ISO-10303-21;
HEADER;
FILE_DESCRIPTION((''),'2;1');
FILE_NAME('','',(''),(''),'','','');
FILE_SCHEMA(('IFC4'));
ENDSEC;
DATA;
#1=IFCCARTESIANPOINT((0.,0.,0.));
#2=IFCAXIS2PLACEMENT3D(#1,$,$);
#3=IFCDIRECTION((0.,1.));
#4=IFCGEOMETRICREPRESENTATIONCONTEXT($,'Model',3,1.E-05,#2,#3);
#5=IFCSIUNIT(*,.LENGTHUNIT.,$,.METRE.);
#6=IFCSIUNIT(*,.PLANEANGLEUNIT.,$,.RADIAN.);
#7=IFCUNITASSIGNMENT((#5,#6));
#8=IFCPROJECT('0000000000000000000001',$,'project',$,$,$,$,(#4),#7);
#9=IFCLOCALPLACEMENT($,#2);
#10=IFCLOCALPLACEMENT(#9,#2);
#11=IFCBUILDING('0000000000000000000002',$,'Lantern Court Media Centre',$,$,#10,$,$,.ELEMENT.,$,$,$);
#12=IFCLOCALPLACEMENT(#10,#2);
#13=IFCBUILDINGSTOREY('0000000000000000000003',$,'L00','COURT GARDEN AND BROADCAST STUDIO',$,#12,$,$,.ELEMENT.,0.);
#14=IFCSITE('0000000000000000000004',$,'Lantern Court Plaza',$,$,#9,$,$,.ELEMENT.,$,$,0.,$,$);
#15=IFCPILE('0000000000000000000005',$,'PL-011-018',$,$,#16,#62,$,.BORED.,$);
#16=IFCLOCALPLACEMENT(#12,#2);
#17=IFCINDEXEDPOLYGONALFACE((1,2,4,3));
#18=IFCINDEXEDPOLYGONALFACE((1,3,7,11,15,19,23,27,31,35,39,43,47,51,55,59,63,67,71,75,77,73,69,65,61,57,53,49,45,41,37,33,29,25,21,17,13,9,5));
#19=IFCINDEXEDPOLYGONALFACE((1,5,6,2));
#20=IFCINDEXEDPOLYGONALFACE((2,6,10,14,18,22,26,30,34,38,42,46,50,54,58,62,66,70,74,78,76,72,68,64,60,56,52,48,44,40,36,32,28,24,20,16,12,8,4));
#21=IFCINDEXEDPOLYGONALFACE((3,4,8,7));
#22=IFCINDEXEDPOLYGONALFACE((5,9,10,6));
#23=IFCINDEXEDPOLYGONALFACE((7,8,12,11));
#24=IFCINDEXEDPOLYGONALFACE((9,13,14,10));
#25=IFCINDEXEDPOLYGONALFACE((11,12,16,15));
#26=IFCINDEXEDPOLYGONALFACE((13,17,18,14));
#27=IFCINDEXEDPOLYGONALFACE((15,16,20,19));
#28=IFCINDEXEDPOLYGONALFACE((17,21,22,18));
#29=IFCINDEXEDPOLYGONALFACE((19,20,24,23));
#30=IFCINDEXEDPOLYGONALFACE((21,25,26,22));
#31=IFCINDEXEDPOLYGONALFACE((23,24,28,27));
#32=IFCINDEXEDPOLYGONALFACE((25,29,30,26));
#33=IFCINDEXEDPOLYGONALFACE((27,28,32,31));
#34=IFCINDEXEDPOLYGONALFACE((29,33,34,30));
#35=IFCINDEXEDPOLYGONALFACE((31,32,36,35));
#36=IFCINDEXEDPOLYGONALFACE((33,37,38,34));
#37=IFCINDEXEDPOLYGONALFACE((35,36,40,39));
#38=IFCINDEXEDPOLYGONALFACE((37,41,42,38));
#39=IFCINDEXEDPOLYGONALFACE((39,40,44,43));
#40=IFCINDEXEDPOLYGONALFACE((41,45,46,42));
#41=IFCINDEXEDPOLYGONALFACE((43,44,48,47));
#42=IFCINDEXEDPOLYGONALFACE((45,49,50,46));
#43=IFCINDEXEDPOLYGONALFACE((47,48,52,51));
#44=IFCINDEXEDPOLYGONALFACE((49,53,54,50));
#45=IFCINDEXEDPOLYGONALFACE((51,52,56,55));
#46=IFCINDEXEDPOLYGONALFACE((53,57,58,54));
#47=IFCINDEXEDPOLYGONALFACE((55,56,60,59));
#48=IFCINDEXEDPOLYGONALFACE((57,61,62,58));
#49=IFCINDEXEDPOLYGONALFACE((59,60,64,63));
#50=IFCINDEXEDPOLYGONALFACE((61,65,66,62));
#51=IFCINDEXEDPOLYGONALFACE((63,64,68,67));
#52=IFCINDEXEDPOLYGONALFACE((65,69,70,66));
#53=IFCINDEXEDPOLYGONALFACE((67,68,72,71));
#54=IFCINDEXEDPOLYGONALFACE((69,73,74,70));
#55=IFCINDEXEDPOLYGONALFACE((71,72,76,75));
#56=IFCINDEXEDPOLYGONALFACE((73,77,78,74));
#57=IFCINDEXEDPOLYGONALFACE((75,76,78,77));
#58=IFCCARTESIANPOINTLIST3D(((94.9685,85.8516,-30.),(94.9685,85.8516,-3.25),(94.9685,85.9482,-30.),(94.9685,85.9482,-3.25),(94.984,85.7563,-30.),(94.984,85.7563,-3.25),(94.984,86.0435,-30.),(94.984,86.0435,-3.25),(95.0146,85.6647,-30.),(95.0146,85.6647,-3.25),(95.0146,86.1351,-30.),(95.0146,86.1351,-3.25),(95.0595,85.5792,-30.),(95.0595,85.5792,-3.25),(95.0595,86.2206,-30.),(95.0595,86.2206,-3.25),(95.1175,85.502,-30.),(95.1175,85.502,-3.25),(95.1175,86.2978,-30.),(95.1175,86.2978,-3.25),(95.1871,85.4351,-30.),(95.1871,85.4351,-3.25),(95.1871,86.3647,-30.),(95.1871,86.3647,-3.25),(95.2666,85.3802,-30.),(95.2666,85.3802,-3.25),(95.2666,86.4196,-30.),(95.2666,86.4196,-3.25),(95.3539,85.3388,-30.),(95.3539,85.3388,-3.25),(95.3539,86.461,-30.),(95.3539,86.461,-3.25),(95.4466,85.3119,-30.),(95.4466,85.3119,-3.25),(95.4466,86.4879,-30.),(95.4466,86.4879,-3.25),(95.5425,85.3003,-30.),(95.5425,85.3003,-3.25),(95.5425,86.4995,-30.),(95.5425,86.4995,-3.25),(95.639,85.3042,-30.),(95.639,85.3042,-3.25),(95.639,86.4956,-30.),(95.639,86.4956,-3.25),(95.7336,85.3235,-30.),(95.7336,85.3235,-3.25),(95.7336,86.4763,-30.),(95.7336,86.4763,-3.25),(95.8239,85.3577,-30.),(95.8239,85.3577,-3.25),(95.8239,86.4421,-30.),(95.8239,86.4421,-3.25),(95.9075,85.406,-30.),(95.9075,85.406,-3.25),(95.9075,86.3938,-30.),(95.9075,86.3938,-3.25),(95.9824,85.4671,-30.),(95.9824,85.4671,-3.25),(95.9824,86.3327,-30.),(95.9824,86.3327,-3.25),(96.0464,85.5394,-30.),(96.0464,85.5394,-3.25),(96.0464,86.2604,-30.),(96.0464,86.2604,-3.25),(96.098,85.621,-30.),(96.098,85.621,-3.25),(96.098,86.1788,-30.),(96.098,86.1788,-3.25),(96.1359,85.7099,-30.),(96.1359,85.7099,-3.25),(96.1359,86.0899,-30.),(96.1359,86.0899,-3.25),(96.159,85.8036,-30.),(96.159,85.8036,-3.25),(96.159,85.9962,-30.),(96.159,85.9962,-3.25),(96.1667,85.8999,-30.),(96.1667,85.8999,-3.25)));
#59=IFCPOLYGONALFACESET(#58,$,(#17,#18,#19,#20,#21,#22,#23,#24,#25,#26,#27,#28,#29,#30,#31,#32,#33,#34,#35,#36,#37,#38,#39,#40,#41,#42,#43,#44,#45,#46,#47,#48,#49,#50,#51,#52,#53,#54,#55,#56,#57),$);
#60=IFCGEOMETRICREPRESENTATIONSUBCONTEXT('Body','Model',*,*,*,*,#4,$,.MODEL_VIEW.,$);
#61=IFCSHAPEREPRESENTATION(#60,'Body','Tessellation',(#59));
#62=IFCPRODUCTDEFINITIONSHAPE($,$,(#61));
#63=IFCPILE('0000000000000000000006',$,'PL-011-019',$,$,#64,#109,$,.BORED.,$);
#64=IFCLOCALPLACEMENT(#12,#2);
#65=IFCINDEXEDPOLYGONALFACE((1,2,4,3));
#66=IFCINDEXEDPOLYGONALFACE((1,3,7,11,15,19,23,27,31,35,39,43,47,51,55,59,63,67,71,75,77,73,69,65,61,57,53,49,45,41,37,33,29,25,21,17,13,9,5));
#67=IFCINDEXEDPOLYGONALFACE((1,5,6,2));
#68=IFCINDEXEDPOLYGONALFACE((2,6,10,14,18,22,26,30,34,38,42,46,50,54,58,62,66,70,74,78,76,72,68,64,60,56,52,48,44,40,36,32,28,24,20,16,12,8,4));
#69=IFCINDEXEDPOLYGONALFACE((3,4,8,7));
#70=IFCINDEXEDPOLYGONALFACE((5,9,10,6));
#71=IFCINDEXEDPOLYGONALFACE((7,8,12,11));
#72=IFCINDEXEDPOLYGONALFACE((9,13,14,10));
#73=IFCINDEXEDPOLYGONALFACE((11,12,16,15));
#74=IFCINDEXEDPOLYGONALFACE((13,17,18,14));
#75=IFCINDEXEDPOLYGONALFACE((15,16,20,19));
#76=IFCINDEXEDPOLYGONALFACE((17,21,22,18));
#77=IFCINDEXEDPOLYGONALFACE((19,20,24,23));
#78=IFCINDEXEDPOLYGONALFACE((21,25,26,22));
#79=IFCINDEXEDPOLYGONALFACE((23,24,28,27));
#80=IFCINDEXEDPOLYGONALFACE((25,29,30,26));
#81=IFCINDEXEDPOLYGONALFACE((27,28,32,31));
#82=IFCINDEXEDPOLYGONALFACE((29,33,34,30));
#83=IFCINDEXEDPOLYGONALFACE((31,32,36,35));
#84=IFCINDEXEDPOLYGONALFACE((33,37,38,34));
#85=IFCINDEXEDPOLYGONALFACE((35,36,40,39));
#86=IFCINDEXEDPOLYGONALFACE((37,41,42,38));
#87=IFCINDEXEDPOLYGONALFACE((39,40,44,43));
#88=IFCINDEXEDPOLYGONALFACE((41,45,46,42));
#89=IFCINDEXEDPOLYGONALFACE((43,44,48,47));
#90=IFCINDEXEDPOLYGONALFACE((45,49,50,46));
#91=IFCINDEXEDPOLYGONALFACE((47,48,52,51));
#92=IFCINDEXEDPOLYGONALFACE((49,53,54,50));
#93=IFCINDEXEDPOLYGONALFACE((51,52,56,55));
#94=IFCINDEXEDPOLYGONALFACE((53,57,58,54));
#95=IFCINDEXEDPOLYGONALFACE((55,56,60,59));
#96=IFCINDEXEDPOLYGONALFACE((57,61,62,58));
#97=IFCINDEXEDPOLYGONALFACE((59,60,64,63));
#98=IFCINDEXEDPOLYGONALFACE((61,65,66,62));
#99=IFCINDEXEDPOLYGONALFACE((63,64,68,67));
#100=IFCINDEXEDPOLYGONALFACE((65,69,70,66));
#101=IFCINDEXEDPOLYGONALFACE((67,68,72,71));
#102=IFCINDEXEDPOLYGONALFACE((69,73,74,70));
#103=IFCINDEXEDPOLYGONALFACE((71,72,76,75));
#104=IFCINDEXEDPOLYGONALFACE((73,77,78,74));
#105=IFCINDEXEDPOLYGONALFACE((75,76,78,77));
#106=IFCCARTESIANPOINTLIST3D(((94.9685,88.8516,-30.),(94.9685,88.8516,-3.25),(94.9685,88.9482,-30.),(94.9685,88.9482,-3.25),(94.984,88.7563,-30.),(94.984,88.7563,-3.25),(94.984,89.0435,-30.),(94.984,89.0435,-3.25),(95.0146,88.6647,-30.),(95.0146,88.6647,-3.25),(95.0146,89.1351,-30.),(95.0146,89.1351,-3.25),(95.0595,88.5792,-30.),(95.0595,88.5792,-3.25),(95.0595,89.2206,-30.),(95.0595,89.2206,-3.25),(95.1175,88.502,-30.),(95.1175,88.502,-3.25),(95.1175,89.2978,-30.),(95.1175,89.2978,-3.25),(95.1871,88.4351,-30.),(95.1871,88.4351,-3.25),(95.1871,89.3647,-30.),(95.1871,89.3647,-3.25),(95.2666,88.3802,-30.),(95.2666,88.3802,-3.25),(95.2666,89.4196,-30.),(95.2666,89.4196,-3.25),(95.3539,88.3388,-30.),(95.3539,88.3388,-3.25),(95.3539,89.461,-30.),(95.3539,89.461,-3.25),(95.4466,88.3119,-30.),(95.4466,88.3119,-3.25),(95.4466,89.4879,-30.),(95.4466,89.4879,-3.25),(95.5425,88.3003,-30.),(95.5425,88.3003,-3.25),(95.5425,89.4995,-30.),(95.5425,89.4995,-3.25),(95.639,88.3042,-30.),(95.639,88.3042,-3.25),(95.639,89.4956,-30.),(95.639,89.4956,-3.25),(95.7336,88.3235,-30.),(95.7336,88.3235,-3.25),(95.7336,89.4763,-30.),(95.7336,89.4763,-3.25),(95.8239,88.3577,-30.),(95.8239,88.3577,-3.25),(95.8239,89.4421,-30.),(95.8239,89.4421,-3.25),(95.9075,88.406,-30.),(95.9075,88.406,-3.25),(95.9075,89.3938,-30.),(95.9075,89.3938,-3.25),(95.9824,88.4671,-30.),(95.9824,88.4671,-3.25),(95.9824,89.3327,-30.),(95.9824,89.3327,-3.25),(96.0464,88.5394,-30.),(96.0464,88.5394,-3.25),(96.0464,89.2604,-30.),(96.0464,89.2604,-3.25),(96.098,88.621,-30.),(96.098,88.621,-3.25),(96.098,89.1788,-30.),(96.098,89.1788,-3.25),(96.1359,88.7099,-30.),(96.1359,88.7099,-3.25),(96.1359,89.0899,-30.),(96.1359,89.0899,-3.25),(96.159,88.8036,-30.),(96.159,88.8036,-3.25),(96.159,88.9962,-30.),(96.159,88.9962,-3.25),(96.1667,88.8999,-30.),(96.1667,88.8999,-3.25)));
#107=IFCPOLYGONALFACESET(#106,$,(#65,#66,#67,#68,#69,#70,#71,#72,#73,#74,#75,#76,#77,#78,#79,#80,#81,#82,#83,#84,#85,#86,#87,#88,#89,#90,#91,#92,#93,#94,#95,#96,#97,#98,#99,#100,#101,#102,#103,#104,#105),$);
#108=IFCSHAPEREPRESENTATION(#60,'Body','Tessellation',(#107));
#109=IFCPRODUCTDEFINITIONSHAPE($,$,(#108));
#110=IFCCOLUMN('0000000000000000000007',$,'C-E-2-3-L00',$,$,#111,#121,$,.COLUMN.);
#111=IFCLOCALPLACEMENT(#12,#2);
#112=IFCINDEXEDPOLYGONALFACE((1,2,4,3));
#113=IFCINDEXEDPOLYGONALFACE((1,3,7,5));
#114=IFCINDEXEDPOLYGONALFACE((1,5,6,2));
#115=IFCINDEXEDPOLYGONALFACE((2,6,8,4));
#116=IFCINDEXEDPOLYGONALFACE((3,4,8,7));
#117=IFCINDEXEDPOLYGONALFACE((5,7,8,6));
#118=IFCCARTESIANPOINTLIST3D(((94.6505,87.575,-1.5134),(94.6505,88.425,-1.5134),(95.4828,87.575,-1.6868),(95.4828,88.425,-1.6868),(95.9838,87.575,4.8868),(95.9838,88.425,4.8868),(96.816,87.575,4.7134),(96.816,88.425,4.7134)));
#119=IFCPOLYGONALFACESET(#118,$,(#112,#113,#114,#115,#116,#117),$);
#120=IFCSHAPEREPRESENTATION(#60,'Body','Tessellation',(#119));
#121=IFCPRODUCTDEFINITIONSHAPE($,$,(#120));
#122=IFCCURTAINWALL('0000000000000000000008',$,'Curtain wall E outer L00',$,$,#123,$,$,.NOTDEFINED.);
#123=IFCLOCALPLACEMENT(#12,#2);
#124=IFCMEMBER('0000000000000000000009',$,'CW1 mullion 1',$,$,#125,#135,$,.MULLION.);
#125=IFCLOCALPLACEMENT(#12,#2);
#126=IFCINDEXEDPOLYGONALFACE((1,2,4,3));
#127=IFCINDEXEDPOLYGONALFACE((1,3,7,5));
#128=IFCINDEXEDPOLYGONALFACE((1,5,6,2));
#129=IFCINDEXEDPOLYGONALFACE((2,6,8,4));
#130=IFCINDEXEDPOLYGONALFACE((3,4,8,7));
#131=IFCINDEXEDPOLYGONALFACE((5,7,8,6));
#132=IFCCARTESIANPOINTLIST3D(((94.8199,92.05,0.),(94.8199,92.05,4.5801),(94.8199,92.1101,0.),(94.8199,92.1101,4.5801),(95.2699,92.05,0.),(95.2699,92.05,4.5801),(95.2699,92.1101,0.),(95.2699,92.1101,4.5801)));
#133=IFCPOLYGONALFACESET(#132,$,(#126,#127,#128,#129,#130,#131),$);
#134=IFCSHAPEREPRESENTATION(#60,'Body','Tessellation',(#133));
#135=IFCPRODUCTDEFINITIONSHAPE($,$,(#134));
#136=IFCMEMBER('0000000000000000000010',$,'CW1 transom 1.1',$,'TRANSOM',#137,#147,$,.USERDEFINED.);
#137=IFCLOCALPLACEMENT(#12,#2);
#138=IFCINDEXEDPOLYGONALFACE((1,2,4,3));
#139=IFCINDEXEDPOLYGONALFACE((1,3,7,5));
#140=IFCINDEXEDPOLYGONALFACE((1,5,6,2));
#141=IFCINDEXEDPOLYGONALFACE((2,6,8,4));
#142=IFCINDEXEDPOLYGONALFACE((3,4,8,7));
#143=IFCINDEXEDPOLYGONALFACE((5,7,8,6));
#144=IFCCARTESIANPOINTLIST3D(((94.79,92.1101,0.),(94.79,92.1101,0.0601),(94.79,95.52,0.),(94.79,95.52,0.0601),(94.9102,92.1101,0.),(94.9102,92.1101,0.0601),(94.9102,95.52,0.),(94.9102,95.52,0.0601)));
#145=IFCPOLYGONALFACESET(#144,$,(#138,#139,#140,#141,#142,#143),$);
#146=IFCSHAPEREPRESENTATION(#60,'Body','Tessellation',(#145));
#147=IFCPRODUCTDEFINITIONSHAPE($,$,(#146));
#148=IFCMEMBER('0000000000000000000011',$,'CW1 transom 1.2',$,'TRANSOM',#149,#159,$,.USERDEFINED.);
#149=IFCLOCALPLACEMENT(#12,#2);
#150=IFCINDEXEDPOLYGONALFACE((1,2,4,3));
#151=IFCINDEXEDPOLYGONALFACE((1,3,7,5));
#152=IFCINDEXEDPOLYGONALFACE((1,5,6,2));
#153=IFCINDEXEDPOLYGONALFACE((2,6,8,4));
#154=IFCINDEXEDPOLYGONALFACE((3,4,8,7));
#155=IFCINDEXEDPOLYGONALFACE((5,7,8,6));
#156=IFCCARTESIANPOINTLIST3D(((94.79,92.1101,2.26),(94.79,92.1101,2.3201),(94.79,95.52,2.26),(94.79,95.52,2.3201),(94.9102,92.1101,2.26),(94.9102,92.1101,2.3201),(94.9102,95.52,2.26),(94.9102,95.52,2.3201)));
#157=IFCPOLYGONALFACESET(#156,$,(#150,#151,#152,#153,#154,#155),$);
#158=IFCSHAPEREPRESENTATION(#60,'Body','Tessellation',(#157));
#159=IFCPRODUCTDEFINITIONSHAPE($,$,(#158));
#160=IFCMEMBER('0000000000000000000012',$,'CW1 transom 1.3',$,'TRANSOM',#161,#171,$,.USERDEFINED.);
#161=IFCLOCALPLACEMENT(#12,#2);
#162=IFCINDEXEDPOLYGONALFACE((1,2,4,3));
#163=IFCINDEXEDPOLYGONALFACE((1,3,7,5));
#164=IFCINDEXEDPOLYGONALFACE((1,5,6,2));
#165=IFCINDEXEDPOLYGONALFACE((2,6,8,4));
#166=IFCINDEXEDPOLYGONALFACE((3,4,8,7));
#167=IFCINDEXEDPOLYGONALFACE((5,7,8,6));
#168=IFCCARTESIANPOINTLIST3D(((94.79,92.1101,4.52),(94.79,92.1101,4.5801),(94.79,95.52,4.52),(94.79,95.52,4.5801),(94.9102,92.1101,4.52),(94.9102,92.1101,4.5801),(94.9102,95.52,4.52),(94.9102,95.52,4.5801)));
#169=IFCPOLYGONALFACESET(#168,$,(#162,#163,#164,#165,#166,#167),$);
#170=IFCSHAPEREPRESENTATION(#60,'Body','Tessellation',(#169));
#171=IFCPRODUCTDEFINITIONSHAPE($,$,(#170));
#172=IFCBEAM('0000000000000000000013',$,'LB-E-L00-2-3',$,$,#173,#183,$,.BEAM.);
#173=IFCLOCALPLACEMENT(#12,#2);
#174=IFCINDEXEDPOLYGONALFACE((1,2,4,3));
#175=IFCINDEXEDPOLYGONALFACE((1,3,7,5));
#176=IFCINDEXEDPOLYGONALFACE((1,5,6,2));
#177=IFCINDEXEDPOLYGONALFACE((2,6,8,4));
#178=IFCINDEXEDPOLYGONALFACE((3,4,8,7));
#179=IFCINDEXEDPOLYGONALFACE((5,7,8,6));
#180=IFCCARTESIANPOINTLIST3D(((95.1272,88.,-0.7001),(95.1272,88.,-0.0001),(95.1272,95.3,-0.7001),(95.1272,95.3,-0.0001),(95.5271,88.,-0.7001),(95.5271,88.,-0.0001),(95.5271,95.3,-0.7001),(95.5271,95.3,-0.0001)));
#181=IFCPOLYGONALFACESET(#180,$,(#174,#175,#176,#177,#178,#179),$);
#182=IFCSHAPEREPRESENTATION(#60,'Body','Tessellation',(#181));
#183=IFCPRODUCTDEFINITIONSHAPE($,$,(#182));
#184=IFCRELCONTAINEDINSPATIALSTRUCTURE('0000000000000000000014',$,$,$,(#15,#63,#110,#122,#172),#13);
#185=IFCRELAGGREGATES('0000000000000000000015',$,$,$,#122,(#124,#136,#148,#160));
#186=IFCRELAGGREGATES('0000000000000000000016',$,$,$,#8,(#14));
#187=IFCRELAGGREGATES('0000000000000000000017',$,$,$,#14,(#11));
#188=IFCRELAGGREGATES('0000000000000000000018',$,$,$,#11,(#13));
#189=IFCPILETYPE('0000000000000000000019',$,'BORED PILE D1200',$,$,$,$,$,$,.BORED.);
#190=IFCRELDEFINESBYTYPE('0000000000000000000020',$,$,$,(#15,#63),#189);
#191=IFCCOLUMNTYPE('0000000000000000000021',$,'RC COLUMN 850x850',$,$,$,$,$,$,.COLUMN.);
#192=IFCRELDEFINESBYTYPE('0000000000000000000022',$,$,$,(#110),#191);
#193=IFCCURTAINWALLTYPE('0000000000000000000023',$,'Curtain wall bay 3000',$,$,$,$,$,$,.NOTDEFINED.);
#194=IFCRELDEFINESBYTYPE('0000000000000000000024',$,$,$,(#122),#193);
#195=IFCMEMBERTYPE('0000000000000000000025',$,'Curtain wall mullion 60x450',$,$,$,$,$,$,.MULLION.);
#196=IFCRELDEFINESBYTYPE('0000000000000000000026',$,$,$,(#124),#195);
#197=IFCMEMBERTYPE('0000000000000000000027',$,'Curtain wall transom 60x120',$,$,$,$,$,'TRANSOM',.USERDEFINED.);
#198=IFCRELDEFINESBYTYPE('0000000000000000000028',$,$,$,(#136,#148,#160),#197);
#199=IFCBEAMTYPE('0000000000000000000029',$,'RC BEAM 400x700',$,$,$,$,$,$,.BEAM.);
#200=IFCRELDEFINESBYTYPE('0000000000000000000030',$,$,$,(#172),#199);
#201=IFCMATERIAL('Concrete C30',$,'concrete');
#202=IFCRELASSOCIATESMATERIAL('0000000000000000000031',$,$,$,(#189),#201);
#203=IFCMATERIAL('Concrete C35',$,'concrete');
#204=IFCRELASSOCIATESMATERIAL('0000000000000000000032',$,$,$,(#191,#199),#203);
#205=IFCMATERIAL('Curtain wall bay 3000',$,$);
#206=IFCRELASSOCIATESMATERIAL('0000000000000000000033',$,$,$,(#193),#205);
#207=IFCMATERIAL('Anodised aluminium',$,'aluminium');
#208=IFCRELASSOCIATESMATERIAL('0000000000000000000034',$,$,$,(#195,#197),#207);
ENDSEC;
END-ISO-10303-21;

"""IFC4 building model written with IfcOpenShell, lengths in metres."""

from ifc_helpers import new_model, si_unit, direction, frame, origin, origin_2d, place, context, subcontext, project, spatial, rectangle, circle, extrude, material, material_profile, profile_set, type_object, element, aggregate, save


model = new_model("IFC4")

# Units and contexts
model_context = context("Model", 3, precision=1e-05, world=origin(), true_north=direction((0.0, 1.0)))
body_context = subcontext(model_context, "Body", "Model", "MODEL_VIEW")
ifc_project = project(units=[si_unit("LENGTHUNIT", "METRE"), si_unit("PLANEANGLEUNIT", "RADIAN")], contexts=[model_context])

# Site, building, storey
site_placement = place(None, origin())
site = spatial("IfcSite", under=ifc_project, at=site_placement, Name="Lantern Court Plaza", CompositionType="ELEMENT", RefElevation=0.0)
building_placement = place(site_placement, origin())
building = spatial("IfcBuilding", under=site, at=building_placement, Name="Lantern Court Media Centre", CompositionType="ELEMENT")
storey_placement = place(building_placement, origin())
storey = spatial("IfcBuildingStorey", under=building, at=storey_placement, Name="L00", Description="COURT GARDEN AND BROADCAST STUDIO", CompositionType="ELEMENT", Elevation=0.0)

# Piles
ifc_material_1 = material(Name="Concrete C30", Category="concrete")
ifc_material_profile_1 = material_profile(ifc_material_1, circle(Radius=0.6001, at=origin_2d()), Name="D1200")
ifc_profile_set_1 = profile_set([ifc_material_profile_1], Name="Concrete C30")
pile_type = type_object("IfcPileType", Name="BORED PILE D1200", PredefinedType="BORED", material=ifc_profile_set_1)
for number, where, z_axis, x_axis, name in (
    (1, (95.5667, 85.8999, -3.25), (0.0, 0.0, -1.0), (1.0, 0.0, 0.0), "PL-011-018"),
    (2, (95.5667, 88.8999, -3.25), (0.0, 0.0, -1.0), (1.0, 0.0, 0.0), "PL-011-019"),
):
    element("IfcPile", number, at=place(storey_placement, frame(where, z_axis=z_axis, x_axis=x_axis)), inside=storey, type_object=pile_type, Name=name, PredefinedType="BORED", context=body_context, shape_type="SweptSolid", body=[
        extrude(circle(Radius=0.6001, at=origin_2d()), origin(), (0.0, 0.0, 1.0), 26.75),
    ])

# Column
ifc_material_2 = material(Name="Concrete C35", Category="concrete")
ifc_material_profile_2 = material_profile(ifc_material_2, rectangle(XDim=0.8501, YDim=0.8501, at=origin_2d()), Name="RC 850x850")
ifc_profile_set_2 = profile_set([ifc_material_profile_2], Name="Concrete C35")
column_type = type_object("IfcColumnType", Name="RC COLUMN 850x850", PredefinedType="COLUMN", material=ifc_profile_set_2)
column_placement = place(storey_placement, frame((95.0667, 88.0, -1.6001), z_axis=(0.203938, 0.0, 0.978984), x_axis=(0.0, 1.0, 0.0)))
element("IfcColumn", 3, at=column_placement, inside=storey, type_object=column_type, Name="C-E-2-3-L00", PredefinedType="COLUMN", context=body_context, shape_type="SweptSolid", body=[
    extrude(rectangle(XDim=0.8501, YDim=0.8501, at=origin_2d()), origin(), (0.0, 0.0, 1.0), 6.5376),
])

# Curtain wall, members
ifc_material_3 = material(Name="Curtain wall bay 3000")
curtain_wall_type = type_object("IfcCurtainWallType", Name="Curtain wall bay 3000", PredefinedType="NOTDEFINED", material=ifc_material_3)
curtain_wall_placement = place(storey_placement, origin())
curtain_wall = element("IfcCurtainWall", 4, at=curtain_wall_placement, inside=storey, type_object=curtain_wall_type, Name="Curtain wall E outer L00", PredefinedType="NOTDEFINED")
ifc_material_4 = material(Name="Anodised aluminium", Category="aluminium")
ifc_material_profile_3 = material_profile(ifc_material_4, rectangle(XDim=0.45, YDim=0.0601, at=origin_2d()), Name="AL 60x450")
ifc_profile_set_3 = profile_set([ifc_material_profile_3], Name="Anodised aluminium")
member_type_1 = type_object("IfcMemberType", Name="Curtain wall mullion 60x450", PredefinedType="MULLION", material=ifc_profile_set_3)
member_1_placement = place(storey_placement, frame((95.0449, 92.0801, 0.0), z_axis=(0.0, 0.0, 1.0), x_axis=(-1.0, 0.0, 0.0)))
member_1 = element("IfcMember", 5, at=member_1_placement, type_object=member_type_1, Name="CW1 mullion 1", PredefinedType="MULLION", context=body_context, shape_type="SweptSolid", body=[
    extrude(rectangle(XDim=0.45, YDim=0.0601, at=origin_2d()), origin(), (0.0, 0.0, 1.0), 4.5801),
])
ifc_material_profile_4 = material_profile(ifc_material_4, rectangle(XDim=0.1201, YDim=0.0601, at=origin_2d()), Name="AL 60x120")
ifc_profile_set_4 = profile_set([ifc_material_profile_4], Name="Anodised aluminium")
member_type_2 = type_object("IfcMemberType", Name="Curtain wall transom 60x120", ElementType="TRANSOM", PredefinedType="USERDEFINED", material=ifc_profile_set_4)
member_2_placement = place(storey_placement, frame((94.8501, 92.1101, 0.03), z_axis=(0.0, 1.0, 0.0), x_axis=(-1.0, 0.0, 0.0)))
member_2 = element("IfcMember", 6, at=member_2_placement, type_object=member_type_2, Name="CW1 transom 1.1", ObjectType="TRANSOM", PredefinedType="USERDEFINED", context=body_context, shape_type="SweptSolid", body=[
    extrude(rectangle(XDim=0.1201, YDim=0.0601, at=origin_2d()), origin(), (0.0, 0.0, 1.0), 3.4099),
])
member_3_placement = place(storey_placement, frame((94.8501, 92.1101, 2.29), z_axis=(0.0, 1.0, 0.0), x_axis=(-1.0, 0.0, 0.0)))
member_3 = element("IfcMember", 7, at=member_3_placement, type_object=member_type_2, Name="CW1 transom 1.2", ObjectType="TRANSOM", PredefinedType="USERDEFINED", context=body_context, shape_type="SweptSolid", body=[
    extrude(rectangle(XDim=0.1201, YDim=0.0601, at=origin_2d()), origin(), (0.0, 0.0, 1.0), 3.4099),
])
member_4_placement = place(storey_placement, frame((94.8501, 92.1101, 4.55), z_axis=(0.0, 1.0, 0.0), x_axis=(-1.0, 0.0, 0.0)))
member_4 = element("IfcMember", 8, at=member_4_placement, type_object=member_type_2, Name="CW1 transom 1.3", ObjectType="TRANSOM", PredefinedType="USERDEFINED", context=body_context, shape_type="SweptSolid", body=[
    extrude(rectangle(XDim=0.1201, YDim=0.0601, at=origin_2d()), origin(), (0.0, 0.0, 1.0), 3.4099),
])
aggregate(curtain_wall, [member_1, member_2, member_3, member_4])

# Beam
ifc_material_profile_5 = material_profile(ifc_material_2, rectangle(XDim=0.3999, YDim=0.7, at=origin_2d()), Name="RC 400x700")
ifc_profile_set_5 = profile_set([ifc_material_profile_5], Name="Concrete C35")
beam_type = type_object("IfcBeamType", Name="RC BEAM 400x700", PredefinedType="BEAM", material=ifc_profile_set_5)
beam_placement = place(storey_placement, frame((95.3271, 88.0, -0.3501), z_axis=(0.0, 1.0, 0.0), x_axis=(-1.0, 0.0, 0.0)))
element("IfcBeam", 9, at=beam_placement, inside=storey, type_object=beam_type, Name="LB-E-L00-2-3", PredefinedType="BEAM", context=body_context, shape_type="SweptSolid", body=[
    extrude(rectangle(XDim=0.3999, YDim=0.7, at=origin_2d()), origin(), (0.0, 0.0, 1.0), 7.3),
])

save(model, "model.ifc")
